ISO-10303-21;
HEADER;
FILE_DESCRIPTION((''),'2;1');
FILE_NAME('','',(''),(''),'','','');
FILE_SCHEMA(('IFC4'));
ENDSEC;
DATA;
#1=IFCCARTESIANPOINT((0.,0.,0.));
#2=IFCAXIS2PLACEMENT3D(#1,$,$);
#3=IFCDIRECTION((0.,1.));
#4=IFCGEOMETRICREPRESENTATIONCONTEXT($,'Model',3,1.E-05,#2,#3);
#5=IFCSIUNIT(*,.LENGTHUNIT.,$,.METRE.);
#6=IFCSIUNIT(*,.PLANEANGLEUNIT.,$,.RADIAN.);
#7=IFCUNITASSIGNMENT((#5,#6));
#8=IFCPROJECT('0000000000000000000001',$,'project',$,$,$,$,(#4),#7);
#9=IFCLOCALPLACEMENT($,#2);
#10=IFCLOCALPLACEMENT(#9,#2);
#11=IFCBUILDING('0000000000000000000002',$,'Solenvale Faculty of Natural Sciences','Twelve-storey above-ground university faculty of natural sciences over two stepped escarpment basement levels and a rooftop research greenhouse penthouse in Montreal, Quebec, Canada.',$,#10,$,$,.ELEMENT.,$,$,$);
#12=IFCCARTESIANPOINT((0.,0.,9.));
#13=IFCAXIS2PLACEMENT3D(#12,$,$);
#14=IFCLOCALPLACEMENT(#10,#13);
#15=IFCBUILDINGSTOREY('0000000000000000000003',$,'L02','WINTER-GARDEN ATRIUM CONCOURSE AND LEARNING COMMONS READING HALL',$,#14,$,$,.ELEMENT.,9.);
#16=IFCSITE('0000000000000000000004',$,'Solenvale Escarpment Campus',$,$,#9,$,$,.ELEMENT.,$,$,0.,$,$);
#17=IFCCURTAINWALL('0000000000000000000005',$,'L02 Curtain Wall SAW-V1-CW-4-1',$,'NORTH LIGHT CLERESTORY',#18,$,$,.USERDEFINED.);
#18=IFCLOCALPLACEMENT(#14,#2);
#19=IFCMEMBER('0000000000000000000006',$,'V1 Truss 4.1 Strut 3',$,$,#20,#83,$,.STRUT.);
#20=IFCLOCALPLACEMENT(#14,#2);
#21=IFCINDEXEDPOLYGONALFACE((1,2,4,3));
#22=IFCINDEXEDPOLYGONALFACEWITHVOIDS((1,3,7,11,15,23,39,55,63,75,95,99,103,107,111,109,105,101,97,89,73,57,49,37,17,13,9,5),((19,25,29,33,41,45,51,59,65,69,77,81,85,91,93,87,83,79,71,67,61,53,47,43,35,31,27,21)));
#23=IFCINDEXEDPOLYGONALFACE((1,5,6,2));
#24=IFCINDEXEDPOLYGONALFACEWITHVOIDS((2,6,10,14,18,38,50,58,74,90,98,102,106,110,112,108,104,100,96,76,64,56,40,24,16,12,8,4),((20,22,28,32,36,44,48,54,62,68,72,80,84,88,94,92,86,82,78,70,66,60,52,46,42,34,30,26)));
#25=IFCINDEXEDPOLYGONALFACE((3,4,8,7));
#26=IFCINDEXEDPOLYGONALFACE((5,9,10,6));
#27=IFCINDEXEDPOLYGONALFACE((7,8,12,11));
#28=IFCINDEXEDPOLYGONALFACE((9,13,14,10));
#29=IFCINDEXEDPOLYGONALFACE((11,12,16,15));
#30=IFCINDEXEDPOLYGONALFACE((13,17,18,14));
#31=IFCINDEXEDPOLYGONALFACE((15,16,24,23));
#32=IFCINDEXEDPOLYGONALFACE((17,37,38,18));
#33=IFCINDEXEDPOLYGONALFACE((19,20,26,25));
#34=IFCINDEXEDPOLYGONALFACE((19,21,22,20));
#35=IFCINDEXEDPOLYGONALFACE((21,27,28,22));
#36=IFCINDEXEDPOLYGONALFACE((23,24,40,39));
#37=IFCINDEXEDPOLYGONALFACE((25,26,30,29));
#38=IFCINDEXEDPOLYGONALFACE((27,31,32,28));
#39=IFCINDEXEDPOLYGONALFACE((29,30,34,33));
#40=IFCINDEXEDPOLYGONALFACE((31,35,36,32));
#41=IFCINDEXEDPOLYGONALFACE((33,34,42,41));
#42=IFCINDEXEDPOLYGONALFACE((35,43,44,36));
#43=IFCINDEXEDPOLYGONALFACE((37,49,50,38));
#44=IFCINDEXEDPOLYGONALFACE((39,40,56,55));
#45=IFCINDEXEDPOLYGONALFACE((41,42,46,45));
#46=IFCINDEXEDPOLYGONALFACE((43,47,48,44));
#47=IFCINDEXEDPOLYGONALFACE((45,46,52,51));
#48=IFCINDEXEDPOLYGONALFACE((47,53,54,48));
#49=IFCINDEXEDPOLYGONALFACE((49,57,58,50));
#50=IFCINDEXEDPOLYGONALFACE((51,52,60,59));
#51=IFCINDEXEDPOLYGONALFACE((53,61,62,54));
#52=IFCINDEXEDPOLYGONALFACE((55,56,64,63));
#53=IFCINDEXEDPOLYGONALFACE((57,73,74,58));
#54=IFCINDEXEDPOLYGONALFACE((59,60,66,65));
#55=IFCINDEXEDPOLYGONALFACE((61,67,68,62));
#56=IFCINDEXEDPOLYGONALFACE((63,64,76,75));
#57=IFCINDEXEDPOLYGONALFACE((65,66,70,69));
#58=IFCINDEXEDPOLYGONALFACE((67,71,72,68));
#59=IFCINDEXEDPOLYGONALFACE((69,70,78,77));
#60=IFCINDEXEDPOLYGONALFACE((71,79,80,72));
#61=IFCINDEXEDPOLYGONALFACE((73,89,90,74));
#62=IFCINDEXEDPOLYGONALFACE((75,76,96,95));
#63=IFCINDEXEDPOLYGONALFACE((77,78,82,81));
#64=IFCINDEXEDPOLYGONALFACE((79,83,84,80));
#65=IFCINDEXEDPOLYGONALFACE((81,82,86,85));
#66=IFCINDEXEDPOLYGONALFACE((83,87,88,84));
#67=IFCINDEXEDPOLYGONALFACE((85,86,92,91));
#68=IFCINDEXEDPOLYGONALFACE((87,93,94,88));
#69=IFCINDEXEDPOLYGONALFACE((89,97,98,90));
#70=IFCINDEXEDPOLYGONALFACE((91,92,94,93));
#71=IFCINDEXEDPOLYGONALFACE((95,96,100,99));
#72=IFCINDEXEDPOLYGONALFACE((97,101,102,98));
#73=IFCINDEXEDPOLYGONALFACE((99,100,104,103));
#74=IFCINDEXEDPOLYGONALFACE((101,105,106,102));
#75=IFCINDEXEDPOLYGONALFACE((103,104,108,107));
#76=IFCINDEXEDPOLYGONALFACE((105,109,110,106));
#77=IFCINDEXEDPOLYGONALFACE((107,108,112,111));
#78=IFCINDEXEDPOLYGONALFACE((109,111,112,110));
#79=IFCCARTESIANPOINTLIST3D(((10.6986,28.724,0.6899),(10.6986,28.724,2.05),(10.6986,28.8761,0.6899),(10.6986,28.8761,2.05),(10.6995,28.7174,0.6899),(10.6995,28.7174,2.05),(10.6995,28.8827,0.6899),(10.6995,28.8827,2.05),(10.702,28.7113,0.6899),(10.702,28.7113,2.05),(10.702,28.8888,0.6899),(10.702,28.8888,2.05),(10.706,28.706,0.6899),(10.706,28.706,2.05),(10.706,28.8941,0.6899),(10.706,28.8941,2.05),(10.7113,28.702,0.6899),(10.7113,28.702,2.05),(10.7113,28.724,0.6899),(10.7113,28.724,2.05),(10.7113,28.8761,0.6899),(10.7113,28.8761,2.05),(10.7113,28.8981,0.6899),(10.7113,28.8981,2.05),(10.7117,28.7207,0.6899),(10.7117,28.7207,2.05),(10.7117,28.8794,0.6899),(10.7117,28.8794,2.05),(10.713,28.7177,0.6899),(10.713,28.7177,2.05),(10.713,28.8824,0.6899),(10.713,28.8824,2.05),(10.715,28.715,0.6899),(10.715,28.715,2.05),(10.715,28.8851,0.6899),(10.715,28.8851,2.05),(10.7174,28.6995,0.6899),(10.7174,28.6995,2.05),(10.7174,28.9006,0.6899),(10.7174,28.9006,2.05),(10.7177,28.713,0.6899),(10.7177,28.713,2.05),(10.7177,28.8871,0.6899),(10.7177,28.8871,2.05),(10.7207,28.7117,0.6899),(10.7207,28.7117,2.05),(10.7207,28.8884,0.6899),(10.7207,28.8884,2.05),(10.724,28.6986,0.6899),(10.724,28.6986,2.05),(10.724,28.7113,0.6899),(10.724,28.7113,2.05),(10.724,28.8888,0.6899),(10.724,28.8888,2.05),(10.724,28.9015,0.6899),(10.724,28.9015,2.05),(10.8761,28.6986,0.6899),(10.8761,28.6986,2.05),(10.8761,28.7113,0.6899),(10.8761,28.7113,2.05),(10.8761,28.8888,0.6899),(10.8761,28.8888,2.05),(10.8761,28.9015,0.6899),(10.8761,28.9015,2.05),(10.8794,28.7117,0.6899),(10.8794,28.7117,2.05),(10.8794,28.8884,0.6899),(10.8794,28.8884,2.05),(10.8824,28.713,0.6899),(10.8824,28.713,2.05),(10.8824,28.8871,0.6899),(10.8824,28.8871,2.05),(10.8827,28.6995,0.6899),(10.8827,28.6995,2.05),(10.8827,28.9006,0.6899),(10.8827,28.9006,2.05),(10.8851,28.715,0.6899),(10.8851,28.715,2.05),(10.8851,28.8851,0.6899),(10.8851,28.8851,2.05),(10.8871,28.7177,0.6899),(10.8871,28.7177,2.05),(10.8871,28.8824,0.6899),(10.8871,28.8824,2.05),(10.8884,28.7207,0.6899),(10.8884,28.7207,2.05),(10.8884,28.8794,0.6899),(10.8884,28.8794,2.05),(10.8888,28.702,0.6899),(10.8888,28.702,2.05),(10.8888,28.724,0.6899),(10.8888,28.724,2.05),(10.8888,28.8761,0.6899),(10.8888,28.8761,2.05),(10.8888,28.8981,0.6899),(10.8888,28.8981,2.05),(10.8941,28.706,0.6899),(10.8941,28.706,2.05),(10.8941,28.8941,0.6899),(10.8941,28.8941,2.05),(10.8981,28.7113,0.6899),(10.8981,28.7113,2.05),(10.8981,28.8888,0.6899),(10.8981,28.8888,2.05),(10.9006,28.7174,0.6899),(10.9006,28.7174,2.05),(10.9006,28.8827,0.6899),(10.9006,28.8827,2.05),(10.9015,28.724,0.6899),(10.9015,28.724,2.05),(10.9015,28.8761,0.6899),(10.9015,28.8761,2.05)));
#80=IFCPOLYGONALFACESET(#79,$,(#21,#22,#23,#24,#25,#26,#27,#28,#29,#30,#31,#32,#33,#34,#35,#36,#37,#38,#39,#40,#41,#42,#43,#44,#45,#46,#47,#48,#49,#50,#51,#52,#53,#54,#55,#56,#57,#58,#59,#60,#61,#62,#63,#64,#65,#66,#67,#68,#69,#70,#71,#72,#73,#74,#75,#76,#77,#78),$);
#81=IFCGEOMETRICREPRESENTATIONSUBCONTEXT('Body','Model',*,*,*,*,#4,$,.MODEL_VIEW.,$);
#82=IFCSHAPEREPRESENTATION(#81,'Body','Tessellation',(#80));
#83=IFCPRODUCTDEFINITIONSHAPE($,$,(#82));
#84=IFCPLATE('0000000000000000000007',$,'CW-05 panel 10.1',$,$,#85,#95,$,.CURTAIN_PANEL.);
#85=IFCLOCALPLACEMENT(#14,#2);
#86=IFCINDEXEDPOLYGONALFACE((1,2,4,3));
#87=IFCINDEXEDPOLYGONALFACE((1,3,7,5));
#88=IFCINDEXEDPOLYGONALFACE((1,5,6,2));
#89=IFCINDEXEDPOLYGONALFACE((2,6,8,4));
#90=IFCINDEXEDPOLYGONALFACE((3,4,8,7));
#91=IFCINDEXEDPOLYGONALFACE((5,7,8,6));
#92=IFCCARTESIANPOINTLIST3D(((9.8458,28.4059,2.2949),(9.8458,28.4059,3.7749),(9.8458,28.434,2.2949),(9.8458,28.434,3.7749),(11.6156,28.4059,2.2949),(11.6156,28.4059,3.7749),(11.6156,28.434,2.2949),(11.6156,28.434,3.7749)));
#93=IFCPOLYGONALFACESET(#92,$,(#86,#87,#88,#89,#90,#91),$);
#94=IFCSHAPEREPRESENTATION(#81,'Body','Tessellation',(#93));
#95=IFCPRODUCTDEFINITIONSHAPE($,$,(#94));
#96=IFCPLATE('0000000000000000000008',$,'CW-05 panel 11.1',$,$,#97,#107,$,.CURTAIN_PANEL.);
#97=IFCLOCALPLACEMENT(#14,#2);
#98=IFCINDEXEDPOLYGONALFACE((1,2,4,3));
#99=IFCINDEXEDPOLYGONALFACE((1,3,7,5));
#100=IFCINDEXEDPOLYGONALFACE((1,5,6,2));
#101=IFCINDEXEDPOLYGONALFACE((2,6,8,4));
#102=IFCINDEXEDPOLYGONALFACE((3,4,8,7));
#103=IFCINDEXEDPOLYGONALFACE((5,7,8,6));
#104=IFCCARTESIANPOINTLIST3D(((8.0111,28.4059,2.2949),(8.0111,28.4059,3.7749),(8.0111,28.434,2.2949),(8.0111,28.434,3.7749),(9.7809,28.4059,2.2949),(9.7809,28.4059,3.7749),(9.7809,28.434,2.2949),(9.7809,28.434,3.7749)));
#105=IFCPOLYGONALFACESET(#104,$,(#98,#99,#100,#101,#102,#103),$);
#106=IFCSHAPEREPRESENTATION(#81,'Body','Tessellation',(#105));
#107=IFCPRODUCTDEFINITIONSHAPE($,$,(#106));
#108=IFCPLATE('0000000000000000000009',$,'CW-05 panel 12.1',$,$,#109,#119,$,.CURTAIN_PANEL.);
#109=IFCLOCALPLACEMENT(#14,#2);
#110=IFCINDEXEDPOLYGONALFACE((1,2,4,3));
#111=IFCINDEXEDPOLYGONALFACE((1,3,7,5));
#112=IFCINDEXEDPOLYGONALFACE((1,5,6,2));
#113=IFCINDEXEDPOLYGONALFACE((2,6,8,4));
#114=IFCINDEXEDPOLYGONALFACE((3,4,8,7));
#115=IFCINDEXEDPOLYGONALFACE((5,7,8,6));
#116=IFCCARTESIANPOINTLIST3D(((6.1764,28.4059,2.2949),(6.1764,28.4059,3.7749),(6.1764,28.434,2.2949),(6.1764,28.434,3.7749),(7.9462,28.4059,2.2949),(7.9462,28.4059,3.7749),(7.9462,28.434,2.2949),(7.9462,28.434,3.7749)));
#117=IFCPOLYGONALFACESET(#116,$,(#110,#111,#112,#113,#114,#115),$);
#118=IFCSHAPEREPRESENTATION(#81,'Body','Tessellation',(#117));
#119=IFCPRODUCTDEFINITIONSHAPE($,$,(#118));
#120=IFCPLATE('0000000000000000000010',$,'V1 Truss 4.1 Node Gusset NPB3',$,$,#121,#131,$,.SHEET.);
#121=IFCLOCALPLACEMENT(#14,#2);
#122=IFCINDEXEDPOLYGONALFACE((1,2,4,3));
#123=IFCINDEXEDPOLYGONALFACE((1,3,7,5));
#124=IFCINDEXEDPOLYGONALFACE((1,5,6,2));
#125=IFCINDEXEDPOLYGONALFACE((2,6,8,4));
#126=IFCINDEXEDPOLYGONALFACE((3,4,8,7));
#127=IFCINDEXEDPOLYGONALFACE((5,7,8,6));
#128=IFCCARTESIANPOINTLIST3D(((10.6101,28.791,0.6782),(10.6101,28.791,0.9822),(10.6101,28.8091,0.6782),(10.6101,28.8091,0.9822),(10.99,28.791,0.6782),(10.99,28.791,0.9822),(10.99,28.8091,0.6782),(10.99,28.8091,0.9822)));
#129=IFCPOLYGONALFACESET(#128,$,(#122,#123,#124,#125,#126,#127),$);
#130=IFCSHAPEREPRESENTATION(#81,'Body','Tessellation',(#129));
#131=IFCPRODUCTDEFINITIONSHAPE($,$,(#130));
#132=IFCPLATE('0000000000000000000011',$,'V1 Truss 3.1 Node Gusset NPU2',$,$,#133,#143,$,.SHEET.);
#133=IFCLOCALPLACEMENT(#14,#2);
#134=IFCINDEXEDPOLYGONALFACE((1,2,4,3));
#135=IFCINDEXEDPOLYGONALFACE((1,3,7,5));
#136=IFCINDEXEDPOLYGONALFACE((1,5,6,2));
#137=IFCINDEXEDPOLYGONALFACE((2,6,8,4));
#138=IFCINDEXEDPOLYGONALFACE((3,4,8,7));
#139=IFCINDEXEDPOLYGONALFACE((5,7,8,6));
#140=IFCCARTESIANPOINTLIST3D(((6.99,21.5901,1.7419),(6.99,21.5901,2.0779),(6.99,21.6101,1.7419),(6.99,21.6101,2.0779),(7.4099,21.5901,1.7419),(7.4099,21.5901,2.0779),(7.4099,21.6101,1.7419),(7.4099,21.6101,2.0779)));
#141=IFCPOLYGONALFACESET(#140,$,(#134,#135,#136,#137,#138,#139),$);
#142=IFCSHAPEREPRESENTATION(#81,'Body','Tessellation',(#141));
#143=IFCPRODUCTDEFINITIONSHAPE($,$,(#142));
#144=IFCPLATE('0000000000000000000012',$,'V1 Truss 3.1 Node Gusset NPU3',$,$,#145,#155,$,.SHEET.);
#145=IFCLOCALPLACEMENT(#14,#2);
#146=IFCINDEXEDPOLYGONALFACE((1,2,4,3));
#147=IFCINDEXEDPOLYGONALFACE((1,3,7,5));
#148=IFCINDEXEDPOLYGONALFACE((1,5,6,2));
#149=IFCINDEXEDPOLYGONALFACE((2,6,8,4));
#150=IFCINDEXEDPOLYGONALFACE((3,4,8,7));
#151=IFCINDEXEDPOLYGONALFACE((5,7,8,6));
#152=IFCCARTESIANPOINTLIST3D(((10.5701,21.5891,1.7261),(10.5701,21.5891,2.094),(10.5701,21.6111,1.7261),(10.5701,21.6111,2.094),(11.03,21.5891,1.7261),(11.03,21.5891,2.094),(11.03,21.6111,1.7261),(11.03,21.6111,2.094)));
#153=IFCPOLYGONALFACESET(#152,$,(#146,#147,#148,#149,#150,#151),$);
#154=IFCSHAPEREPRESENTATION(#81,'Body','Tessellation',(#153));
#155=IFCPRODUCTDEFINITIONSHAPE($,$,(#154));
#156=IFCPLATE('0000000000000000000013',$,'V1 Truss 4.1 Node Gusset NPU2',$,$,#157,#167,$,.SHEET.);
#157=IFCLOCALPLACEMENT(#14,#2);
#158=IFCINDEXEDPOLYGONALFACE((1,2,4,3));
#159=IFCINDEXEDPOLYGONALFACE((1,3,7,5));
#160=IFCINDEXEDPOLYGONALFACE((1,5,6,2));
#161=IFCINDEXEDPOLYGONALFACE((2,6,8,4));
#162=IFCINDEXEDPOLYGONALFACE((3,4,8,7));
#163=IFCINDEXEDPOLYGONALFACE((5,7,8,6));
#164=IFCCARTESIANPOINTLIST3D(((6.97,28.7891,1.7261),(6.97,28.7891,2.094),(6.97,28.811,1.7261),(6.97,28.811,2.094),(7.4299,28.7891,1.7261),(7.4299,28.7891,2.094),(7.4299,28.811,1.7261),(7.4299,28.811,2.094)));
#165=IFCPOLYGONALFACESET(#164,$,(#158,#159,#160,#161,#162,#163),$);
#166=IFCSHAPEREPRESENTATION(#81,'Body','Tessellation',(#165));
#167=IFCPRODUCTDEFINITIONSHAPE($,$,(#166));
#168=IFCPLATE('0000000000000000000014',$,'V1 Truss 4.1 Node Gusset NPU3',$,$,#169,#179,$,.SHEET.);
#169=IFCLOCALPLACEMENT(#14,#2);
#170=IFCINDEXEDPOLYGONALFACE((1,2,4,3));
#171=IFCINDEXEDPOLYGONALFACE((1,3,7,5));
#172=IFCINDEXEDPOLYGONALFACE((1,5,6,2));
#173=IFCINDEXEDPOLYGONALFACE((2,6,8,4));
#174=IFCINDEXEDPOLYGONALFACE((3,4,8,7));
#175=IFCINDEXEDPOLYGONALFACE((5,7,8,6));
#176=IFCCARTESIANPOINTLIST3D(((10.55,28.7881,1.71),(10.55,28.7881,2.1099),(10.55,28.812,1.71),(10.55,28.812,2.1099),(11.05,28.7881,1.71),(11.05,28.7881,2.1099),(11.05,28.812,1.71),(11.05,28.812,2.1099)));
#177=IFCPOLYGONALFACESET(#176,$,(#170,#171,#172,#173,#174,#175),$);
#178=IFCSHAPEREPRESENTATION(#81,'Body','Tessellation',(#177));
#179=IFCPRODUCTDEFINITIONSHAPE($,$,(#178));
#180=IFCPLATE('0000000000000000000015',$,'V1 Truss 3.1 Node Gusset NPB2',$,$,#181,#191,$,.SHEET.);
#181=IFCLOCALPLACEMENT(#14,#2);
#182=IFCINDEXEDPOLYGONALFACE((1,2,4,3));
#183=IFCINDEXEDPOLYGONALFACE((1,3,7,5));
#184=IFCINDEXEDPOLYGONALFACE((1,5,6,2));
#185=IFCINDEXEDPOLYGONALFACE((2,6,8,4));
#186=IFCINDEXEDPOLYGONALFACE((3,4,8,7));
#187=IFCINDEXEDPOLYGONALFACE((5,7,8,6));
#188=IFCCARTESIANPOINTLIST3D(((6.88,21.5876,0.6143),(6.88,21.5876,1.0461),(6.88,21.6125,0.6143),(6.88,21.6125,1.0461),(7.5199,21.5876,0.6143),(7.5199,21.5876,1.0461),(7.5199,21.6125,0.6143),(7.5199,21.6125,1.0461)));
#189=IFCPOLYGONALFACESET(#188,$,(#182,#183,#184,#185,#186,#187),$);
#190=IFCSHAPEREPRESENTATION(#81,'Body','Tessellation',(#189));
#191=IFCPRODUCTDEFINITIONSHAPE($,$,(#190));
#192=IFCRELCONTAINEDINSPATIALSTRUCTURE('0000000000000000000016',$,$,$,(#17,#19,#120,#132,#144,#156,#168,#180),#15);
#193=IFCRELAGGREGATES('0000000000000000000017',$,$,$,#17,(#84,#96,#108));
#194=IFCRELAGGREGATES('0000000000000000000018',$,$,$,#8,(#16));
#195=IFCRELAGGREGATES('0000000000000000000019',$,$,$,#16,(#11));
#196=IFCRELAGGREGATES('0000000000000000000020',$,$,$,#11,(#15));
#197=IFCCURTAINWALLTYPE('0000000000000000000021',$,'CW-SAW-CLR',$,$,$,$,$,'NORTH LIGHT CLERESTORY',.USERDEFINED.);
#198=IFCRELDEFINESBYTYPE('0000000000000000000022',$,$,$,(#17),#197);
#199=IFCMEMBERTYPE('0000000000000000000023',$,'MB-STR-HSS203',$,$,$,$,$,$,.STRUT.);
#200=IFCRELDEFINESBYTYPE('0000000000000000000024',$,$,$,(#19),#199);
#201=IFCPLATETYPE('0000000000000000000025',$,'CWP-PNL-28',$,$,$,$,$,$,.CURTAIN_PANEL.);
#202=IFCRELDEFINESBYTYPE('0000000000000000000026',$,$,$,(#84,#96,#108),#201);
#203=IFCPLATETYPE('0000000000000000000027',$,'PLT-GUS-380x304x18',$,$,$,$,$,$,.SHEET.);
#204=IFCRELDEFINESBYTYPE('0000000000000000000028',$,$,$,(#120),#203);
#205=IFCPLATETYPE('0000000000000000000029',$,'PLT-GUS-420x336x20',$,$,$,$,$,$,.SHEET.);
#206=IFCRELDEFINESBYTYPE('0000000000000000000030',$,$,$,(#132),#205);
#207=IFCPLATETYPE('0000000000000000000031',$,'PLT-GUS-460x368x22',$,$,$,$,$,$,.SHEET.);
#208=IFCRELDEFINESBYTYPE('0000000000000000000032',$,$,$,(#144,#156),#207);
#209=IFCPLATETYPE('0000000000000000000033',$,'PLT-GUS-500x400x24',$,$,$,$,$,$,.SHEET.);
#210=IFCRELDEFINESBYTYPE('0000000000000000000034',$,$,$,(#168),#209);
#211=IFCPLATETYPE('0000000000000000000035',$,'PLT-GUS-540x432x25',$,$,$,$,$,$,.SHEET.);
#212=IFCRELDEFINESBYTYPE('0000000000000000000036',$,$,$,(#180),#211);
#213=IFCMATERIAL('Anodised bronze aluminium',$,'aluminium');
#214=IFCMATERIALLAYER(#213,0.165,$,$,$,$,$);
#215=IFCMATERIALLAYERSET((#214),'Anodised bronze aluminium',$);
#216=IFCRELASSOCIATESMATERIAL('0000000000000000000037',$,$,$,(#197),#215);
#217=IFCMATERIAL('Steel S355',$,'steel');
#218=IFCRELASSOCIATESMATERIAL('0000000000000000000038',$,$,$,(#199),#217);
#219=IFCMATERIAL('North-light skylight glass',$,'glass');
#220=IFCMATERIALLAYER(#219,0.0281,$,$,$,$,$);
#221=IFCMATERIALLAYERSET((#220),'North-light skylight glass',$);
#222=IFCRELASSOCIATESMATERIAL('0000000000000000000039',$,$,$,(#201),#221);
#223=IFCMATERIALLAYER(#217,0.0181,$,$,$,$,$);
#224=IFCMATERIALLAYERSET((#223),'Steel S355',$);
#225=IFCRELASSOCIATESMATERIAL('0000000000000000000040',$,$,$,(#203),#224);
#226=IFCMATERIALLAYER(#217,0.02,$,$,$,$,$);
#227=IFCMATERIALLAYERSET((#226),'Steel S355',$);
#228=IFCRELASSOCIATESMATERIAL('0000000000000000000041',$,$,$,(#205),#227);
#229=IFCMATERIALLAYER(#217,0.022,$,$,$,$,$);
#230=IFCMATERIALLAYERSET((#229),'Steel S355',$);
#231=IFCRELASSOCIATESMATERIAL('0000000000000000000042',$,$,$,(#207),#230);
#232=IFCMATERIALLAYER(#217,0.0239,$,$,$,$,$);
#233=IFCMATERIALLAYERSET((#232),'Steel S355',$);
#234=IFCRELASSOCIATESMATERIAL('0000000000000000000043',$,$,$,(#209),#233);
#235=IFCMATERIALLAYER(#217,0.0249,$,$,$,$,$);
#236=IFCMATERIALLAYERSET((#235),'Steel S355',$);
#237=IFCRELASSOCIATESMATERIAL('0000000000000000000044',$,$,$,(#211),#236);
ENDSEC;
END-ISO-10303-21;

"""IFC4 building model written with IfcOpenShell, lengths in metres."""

from ifc_helpers import new_model, si_unit, direction, frame, origin, origin_2d, place, context, subcontext, project, spatial, rectangle, hollow_rectangle, extrude, material, layer, layer_set, material_profile, profile_set, type_object, element, aggregate, save


model = new_model("IFC4")

# Units and contexts
model_context = context("Model", 3, precision=1e-05, world=origin(), true_north=direction((0.0, 1.0)))
body_context = subcontext(model_context, "Body", "Model", "MODEL_VIEW")
ifc_project = project(units=[si_unit("LENGTHUNIT", "METRE"), si_unit("PLANEANGLEUNIT", "RADIAN")], contexts=[model_context])

# Site, building, storey
site_placement = place(None, origin())
site = spatial("IfcSite", under=ifc_project, at=site_placement, Name="Solenvale Escarpment Campus", CompositionType="ELEMENT", RefElevation=0.0)
building_placement = place(site_placement, origin())
building = spatial("IfcBuilding", under=site, at=building_placement, Name="Solenvale Faculty of Natural Sciences", Description="Twelve-storey above-ground university faculty of natural sciences over two stepped escarpment basement levels and a rooftop research greenhouse penthouse in Montreal, Quebec, Canada.", CompositionType="ELEMENT")
storey_placement = place(building_placement, frame((0.0, 0.0, 9.0)))
storey = spatial("IfcBuildingStorey", under=building, at=storey_placement, Name="L02", Description="WINTER-GARDEN ATRIUM CONCOURSE AND LEARNING COMMONS READING HALL", CompositionType="ELEMENT", Elevation=9.0)

# Curtain wall
ifc_material_1 = material(Name="Anodised bronze aluminium", Category="aluminium")
ifc_layer_1 = layer(ifc_material_1, 0.165)
ifc_layer_set_1 = layer_set([ifc_layer_1], Name="Anodised bronze aluminium")
curtain_wall_type = type_object("IfcCurtainWallType", Name="CW-SAW-CLR", ElementType="NORTH LIGHT CLERESTORY", PredefinedType="USERDEFINED", material=ifc_layer_set_1)
curtain_wall_placement = place(storey_placement, origin())
curtain_wall = element("IfcCurtainWall", 1, at=curtain_wall_placement, inside=storey, type_object=curtain_wall_type, Name="L02 Curtain Wall SAW-V1-CW-4-1", ObjectType="NORTH LIGHT CLERESTORY", PredefinedType="USERDEFINED")

# Member
ifc_material_2 = material(Name="Steel S355", Category="steel")
ifc_material_profile_1 = material_profile(ifc_material_2, hollow_rectangle(XDim=0.2029, YDim=0.2029, WallThickness=0.0127, InnerFilletRadius=0.0127, OuterFilletRadius=0.0254, at=origin_2d()), Name="HSS203x203x13")
ifc_profile_set_1 = profile_set([ifc_material_profile_1], Name="Steel S355")
member_type_1 = type_object("IfcMemberType", Name="MB-STR-HSS203", PredefinedType="STRUT", material=ifc_profile_set_1)
for number, where, z_axis, x_axis, name in (
    (2, (10.8, 28.8, 0.6899), (0.0, 0.0, 1.0), (1.0, 0.0, 0.0), "V1 Truss 4.1 Strut 3"),
):
    element("IfcMember", number, at=place(storey_placement, frame(where, z_axis=z_axis, x_axis=x_axis)), inside=storey, type_object=member_type_1, Name=name, PredefinedType="STRUT", context=body_context, shape_type="SweptSolid", body=[
        extrude(hollow_rectangle(XDim=0.2029, YDim=0.2029, WallThickness=0.0127, InnerFilletRadius=0.0127, OuterFilletRadius=0.0254, at=origin_2d()), origin(), (0.0, 0.0, 1.0), 1.3601),
    ])

# Plates
ifc_material_3 = material(Name="North-light skylight glass", Category="glass")
ifc_layer_2 = layer(ifc_material_3, 0.0281)
ifc_layer_set_2 = layer_set([ifc_layer_2], Name="North-light skylight glass")
plate_type_1 = type_object("IfcPlateType", Name="CWP-PNL-28", PredefinedType="CURTAIN_PANEL", material=ifc_layer_set_2)
plate_1_placement = place(storey_placement, frame((10.7307, 28.4199, 2.2949), z_axis=(0.0, 0.0, 1.0), x_axis=(-1.0, 0.0, 0.0)))
plate_1 = element("IfcPlate", 3, at=plate_1_placement, type_object=plate_type_1, Name="CW-05 panel 10.1", PredefinedType="CURTAIN_PANEL", context=body_context, shape_type="SweptSolid", body=[
    extrude(rectangle(XDim=1.7698, YDim=0.0281, at=origin_2d()), origin(), (0.0, 0.0, 1.0), 1.48),
])
plate_2_placement = place(storey_placement, frame((8.896, 28.4199, 2.2949), z_axis=(0.0, 0.0, 1.0), x_axis=(-1.0, 0.0, 0.0)))
plate_2 = element("IfcPlate", 4, at=plate_2_placement, type_object=plate_type_1, Name="CW-05 panel 11.1", PredefinedType="CURTAIN_PANEL", context=body_context, shape_type="SweptSolid", body=[
    extrude(rectangle(XDim=1.7698, YDim=0.0281, at=origin_2d()), origin(), (0.0, 0.0, 1.0), 1.48),
])
plate_3_placement = place(storey_placement, frame((7.0613, 28.4199, 2.2949), z_axis=(0.0, 0.0, 1.0), x_axis=(-1.0, 0.0, 0.0)))
plate_3 = element("IfcPlate", 5, at=plate_3_placement, type_object=plate_type_1, Name="CW-05 panel 12.1", PredefinedType="CURTAIN_PANEL", context=body_context, shape_type="SweptSolid", body=[
    extrude(rectangle(XDim=1.7698, YDim=0.0281, at=origin_2d()), origin(), (0.0, 0.0, 1.0), 1.48),
])
aggregate(curtain_wall, [plate_1, plate_2, plate_3])

# Plates
ifc_layer_3 = layer(ifc_material_2, 0.0181)
ifc_layer_set_3 = layer_set([ifc_layer_3], Name="Steel S355")
plate_type_2 = type_object("IfcPlateType", Name="PLT-GUS-380x304x18", PredefinedType="SHEET", material=ifc_layer_set_3)
plate_4_placement = place(storey_placement, frame((10.8, 28.8, 0.6782), z_axis=(0.0, 0.0, 1.0), x_axis=(1.0, 0.0, 0.0)))
element("IfcPlate", 6, at=plate_4_placement, inside=storey, type_object=plate_type_2, Name="V1 Truss 4.1 Node Gusset NPB3", PredefinedType="SHEET", context=body_context, shape_type="SweptSolid", body=[
    extrude(rectangle(XDim=0.3799, YDim=0.0181, at=origin_2d()), origin(), (0.0, 0.0, 1.0), 0.304),
])
ifc_layer_4 = layer(ifc_material_2, 0.02)
ifc_layer_set_4 = layer_set([ifc_layer_4], Name="Steel S355")
plate_type_3 = type_object("IfcPlateType", Name="PLT-GUS-420x336x20", PredefinedType="SHEET", material=ifc_layer_set_4)
plate_5_placement = place(storey_placement, frame((7.2, 21.6001, 1.7419), z_axis=(0.0, 0.0, 1.0), x_axis=(1.0, 0.0, 0.0)))
element("IfcPlate", 7, at=plate_5_placement, inside=storey, type_object=plate_type_3, Name="V1 Truss 3.1 Node Gusset NPU2", PredefinedType="SHEET", context=body_context, shape_type="SweptSolid", body=[
    extrude(rectangle(XDim=0.4199, YDim=0.02, at=origin_2d()), origin(), (0.0, 0.0, 1.0), 0.3359),
])
ifc_layer_5 = layer(ifc_material_2, 0.022)
ifc_layer_set_5 = layer_set([ifc_layer_5], Name="Steel S355")
plate_type_4 = type_object("IfcPlateType", Name="PLT-GUS-460x368x22", PredefinedType="SHEET", material=ifc_layer_set_5)
for number, where, z_axis, x_axis, name in (
    (8, (10.8, 21.6001, 1.7261), (0.0, 0.0, 1.0), (1.0, 0.0, 0.0), "V1 Truss 3.1 Node Gusset NPU3"),
    (9, (7.2, 28.8, 1.7261), (0.0, 0.0, 1.0), (1.0, 0.0, 0.0), "V1 Truss 4.1 Node Gusset NPU2"),
):
    element("IfcPlate", number, at=place(storey_placement, frame(where, z_axis=z_axis, x_axis=x_axis)), inside=storey, type_object=plate_type_4, Name=name, PredefinedType="SHEET", context=body_context, shape_type="SweptSolid", body=[
        extrude(rectangle(XDim=0.46, YDim=0.022, at=origin_2d()), origin(), (0.0, 0.0, 1.0), 0.3679),
    ])
ifc_layer_6 = layer(ifc_material_2, 0.0239)
ifc_layer_set_6 = layer_set([ifc_layer_6], Name="Steel S355")
plate_type_5 = type_object("IfcPlateType", Name="PLT-GUS-500x400x24", PredefinedType="SHEET", material=ifc_layer_set_6)
plate_6_placement = place(storey_placement, frame((10.8, 28.8, 1.71), z_axis=(0.0, 0.0, 1.0), x_axis=(1.0, 0.0, 0.0)))
element("IfcPlate", 10, at=plate_6_placement, inside=storey, type_object=plate_type_5, Name="V1 Truss 4.1 Node Gusset NPU3", PredefinedType="SHEET", context=body_context, shape_type="SweptSolid", body=[
    extrude(rectangle(XDim=0.5, YDim=0.0239, at=origin_2d()), origin(), (0.0, 0.0, 1.0), 0.3999),
])
ifc_layer_7 = layer(ifc_material_2, 0.0249)
ifc_layer_set_7 = layer_set([ifc_layer_7], Name="Steel S355")
plate_type_6 = type_object("IfcPlateType", Name="PLT-GUS-540x432x25", PredefinedType="SHEET", material=ifc_layer_set_7)
plate_7_placement = place(storey_placement, frame((7.2, 21.6001, 0.6143), z_axis=(0.0, 0.0, 1.0), x_axis=(1.0, 0.0, 0.0)))
element("IfcPlate", 11, at=plate_7_placement, inside=storey, type_object=plate_type_6, Name="V1 Truss 3.1 Node Gusset NPB2", PredefinedType="SHEET", context=body_context, shape_type="SweptSolid", body=[
    extrude(rectangle(XDim=0.6399, YDim=0.0249, at=origin_2d()), origin(), (0.0, 0.0, 1.0), 0.4319),
])

save(model, "model.ifc")
